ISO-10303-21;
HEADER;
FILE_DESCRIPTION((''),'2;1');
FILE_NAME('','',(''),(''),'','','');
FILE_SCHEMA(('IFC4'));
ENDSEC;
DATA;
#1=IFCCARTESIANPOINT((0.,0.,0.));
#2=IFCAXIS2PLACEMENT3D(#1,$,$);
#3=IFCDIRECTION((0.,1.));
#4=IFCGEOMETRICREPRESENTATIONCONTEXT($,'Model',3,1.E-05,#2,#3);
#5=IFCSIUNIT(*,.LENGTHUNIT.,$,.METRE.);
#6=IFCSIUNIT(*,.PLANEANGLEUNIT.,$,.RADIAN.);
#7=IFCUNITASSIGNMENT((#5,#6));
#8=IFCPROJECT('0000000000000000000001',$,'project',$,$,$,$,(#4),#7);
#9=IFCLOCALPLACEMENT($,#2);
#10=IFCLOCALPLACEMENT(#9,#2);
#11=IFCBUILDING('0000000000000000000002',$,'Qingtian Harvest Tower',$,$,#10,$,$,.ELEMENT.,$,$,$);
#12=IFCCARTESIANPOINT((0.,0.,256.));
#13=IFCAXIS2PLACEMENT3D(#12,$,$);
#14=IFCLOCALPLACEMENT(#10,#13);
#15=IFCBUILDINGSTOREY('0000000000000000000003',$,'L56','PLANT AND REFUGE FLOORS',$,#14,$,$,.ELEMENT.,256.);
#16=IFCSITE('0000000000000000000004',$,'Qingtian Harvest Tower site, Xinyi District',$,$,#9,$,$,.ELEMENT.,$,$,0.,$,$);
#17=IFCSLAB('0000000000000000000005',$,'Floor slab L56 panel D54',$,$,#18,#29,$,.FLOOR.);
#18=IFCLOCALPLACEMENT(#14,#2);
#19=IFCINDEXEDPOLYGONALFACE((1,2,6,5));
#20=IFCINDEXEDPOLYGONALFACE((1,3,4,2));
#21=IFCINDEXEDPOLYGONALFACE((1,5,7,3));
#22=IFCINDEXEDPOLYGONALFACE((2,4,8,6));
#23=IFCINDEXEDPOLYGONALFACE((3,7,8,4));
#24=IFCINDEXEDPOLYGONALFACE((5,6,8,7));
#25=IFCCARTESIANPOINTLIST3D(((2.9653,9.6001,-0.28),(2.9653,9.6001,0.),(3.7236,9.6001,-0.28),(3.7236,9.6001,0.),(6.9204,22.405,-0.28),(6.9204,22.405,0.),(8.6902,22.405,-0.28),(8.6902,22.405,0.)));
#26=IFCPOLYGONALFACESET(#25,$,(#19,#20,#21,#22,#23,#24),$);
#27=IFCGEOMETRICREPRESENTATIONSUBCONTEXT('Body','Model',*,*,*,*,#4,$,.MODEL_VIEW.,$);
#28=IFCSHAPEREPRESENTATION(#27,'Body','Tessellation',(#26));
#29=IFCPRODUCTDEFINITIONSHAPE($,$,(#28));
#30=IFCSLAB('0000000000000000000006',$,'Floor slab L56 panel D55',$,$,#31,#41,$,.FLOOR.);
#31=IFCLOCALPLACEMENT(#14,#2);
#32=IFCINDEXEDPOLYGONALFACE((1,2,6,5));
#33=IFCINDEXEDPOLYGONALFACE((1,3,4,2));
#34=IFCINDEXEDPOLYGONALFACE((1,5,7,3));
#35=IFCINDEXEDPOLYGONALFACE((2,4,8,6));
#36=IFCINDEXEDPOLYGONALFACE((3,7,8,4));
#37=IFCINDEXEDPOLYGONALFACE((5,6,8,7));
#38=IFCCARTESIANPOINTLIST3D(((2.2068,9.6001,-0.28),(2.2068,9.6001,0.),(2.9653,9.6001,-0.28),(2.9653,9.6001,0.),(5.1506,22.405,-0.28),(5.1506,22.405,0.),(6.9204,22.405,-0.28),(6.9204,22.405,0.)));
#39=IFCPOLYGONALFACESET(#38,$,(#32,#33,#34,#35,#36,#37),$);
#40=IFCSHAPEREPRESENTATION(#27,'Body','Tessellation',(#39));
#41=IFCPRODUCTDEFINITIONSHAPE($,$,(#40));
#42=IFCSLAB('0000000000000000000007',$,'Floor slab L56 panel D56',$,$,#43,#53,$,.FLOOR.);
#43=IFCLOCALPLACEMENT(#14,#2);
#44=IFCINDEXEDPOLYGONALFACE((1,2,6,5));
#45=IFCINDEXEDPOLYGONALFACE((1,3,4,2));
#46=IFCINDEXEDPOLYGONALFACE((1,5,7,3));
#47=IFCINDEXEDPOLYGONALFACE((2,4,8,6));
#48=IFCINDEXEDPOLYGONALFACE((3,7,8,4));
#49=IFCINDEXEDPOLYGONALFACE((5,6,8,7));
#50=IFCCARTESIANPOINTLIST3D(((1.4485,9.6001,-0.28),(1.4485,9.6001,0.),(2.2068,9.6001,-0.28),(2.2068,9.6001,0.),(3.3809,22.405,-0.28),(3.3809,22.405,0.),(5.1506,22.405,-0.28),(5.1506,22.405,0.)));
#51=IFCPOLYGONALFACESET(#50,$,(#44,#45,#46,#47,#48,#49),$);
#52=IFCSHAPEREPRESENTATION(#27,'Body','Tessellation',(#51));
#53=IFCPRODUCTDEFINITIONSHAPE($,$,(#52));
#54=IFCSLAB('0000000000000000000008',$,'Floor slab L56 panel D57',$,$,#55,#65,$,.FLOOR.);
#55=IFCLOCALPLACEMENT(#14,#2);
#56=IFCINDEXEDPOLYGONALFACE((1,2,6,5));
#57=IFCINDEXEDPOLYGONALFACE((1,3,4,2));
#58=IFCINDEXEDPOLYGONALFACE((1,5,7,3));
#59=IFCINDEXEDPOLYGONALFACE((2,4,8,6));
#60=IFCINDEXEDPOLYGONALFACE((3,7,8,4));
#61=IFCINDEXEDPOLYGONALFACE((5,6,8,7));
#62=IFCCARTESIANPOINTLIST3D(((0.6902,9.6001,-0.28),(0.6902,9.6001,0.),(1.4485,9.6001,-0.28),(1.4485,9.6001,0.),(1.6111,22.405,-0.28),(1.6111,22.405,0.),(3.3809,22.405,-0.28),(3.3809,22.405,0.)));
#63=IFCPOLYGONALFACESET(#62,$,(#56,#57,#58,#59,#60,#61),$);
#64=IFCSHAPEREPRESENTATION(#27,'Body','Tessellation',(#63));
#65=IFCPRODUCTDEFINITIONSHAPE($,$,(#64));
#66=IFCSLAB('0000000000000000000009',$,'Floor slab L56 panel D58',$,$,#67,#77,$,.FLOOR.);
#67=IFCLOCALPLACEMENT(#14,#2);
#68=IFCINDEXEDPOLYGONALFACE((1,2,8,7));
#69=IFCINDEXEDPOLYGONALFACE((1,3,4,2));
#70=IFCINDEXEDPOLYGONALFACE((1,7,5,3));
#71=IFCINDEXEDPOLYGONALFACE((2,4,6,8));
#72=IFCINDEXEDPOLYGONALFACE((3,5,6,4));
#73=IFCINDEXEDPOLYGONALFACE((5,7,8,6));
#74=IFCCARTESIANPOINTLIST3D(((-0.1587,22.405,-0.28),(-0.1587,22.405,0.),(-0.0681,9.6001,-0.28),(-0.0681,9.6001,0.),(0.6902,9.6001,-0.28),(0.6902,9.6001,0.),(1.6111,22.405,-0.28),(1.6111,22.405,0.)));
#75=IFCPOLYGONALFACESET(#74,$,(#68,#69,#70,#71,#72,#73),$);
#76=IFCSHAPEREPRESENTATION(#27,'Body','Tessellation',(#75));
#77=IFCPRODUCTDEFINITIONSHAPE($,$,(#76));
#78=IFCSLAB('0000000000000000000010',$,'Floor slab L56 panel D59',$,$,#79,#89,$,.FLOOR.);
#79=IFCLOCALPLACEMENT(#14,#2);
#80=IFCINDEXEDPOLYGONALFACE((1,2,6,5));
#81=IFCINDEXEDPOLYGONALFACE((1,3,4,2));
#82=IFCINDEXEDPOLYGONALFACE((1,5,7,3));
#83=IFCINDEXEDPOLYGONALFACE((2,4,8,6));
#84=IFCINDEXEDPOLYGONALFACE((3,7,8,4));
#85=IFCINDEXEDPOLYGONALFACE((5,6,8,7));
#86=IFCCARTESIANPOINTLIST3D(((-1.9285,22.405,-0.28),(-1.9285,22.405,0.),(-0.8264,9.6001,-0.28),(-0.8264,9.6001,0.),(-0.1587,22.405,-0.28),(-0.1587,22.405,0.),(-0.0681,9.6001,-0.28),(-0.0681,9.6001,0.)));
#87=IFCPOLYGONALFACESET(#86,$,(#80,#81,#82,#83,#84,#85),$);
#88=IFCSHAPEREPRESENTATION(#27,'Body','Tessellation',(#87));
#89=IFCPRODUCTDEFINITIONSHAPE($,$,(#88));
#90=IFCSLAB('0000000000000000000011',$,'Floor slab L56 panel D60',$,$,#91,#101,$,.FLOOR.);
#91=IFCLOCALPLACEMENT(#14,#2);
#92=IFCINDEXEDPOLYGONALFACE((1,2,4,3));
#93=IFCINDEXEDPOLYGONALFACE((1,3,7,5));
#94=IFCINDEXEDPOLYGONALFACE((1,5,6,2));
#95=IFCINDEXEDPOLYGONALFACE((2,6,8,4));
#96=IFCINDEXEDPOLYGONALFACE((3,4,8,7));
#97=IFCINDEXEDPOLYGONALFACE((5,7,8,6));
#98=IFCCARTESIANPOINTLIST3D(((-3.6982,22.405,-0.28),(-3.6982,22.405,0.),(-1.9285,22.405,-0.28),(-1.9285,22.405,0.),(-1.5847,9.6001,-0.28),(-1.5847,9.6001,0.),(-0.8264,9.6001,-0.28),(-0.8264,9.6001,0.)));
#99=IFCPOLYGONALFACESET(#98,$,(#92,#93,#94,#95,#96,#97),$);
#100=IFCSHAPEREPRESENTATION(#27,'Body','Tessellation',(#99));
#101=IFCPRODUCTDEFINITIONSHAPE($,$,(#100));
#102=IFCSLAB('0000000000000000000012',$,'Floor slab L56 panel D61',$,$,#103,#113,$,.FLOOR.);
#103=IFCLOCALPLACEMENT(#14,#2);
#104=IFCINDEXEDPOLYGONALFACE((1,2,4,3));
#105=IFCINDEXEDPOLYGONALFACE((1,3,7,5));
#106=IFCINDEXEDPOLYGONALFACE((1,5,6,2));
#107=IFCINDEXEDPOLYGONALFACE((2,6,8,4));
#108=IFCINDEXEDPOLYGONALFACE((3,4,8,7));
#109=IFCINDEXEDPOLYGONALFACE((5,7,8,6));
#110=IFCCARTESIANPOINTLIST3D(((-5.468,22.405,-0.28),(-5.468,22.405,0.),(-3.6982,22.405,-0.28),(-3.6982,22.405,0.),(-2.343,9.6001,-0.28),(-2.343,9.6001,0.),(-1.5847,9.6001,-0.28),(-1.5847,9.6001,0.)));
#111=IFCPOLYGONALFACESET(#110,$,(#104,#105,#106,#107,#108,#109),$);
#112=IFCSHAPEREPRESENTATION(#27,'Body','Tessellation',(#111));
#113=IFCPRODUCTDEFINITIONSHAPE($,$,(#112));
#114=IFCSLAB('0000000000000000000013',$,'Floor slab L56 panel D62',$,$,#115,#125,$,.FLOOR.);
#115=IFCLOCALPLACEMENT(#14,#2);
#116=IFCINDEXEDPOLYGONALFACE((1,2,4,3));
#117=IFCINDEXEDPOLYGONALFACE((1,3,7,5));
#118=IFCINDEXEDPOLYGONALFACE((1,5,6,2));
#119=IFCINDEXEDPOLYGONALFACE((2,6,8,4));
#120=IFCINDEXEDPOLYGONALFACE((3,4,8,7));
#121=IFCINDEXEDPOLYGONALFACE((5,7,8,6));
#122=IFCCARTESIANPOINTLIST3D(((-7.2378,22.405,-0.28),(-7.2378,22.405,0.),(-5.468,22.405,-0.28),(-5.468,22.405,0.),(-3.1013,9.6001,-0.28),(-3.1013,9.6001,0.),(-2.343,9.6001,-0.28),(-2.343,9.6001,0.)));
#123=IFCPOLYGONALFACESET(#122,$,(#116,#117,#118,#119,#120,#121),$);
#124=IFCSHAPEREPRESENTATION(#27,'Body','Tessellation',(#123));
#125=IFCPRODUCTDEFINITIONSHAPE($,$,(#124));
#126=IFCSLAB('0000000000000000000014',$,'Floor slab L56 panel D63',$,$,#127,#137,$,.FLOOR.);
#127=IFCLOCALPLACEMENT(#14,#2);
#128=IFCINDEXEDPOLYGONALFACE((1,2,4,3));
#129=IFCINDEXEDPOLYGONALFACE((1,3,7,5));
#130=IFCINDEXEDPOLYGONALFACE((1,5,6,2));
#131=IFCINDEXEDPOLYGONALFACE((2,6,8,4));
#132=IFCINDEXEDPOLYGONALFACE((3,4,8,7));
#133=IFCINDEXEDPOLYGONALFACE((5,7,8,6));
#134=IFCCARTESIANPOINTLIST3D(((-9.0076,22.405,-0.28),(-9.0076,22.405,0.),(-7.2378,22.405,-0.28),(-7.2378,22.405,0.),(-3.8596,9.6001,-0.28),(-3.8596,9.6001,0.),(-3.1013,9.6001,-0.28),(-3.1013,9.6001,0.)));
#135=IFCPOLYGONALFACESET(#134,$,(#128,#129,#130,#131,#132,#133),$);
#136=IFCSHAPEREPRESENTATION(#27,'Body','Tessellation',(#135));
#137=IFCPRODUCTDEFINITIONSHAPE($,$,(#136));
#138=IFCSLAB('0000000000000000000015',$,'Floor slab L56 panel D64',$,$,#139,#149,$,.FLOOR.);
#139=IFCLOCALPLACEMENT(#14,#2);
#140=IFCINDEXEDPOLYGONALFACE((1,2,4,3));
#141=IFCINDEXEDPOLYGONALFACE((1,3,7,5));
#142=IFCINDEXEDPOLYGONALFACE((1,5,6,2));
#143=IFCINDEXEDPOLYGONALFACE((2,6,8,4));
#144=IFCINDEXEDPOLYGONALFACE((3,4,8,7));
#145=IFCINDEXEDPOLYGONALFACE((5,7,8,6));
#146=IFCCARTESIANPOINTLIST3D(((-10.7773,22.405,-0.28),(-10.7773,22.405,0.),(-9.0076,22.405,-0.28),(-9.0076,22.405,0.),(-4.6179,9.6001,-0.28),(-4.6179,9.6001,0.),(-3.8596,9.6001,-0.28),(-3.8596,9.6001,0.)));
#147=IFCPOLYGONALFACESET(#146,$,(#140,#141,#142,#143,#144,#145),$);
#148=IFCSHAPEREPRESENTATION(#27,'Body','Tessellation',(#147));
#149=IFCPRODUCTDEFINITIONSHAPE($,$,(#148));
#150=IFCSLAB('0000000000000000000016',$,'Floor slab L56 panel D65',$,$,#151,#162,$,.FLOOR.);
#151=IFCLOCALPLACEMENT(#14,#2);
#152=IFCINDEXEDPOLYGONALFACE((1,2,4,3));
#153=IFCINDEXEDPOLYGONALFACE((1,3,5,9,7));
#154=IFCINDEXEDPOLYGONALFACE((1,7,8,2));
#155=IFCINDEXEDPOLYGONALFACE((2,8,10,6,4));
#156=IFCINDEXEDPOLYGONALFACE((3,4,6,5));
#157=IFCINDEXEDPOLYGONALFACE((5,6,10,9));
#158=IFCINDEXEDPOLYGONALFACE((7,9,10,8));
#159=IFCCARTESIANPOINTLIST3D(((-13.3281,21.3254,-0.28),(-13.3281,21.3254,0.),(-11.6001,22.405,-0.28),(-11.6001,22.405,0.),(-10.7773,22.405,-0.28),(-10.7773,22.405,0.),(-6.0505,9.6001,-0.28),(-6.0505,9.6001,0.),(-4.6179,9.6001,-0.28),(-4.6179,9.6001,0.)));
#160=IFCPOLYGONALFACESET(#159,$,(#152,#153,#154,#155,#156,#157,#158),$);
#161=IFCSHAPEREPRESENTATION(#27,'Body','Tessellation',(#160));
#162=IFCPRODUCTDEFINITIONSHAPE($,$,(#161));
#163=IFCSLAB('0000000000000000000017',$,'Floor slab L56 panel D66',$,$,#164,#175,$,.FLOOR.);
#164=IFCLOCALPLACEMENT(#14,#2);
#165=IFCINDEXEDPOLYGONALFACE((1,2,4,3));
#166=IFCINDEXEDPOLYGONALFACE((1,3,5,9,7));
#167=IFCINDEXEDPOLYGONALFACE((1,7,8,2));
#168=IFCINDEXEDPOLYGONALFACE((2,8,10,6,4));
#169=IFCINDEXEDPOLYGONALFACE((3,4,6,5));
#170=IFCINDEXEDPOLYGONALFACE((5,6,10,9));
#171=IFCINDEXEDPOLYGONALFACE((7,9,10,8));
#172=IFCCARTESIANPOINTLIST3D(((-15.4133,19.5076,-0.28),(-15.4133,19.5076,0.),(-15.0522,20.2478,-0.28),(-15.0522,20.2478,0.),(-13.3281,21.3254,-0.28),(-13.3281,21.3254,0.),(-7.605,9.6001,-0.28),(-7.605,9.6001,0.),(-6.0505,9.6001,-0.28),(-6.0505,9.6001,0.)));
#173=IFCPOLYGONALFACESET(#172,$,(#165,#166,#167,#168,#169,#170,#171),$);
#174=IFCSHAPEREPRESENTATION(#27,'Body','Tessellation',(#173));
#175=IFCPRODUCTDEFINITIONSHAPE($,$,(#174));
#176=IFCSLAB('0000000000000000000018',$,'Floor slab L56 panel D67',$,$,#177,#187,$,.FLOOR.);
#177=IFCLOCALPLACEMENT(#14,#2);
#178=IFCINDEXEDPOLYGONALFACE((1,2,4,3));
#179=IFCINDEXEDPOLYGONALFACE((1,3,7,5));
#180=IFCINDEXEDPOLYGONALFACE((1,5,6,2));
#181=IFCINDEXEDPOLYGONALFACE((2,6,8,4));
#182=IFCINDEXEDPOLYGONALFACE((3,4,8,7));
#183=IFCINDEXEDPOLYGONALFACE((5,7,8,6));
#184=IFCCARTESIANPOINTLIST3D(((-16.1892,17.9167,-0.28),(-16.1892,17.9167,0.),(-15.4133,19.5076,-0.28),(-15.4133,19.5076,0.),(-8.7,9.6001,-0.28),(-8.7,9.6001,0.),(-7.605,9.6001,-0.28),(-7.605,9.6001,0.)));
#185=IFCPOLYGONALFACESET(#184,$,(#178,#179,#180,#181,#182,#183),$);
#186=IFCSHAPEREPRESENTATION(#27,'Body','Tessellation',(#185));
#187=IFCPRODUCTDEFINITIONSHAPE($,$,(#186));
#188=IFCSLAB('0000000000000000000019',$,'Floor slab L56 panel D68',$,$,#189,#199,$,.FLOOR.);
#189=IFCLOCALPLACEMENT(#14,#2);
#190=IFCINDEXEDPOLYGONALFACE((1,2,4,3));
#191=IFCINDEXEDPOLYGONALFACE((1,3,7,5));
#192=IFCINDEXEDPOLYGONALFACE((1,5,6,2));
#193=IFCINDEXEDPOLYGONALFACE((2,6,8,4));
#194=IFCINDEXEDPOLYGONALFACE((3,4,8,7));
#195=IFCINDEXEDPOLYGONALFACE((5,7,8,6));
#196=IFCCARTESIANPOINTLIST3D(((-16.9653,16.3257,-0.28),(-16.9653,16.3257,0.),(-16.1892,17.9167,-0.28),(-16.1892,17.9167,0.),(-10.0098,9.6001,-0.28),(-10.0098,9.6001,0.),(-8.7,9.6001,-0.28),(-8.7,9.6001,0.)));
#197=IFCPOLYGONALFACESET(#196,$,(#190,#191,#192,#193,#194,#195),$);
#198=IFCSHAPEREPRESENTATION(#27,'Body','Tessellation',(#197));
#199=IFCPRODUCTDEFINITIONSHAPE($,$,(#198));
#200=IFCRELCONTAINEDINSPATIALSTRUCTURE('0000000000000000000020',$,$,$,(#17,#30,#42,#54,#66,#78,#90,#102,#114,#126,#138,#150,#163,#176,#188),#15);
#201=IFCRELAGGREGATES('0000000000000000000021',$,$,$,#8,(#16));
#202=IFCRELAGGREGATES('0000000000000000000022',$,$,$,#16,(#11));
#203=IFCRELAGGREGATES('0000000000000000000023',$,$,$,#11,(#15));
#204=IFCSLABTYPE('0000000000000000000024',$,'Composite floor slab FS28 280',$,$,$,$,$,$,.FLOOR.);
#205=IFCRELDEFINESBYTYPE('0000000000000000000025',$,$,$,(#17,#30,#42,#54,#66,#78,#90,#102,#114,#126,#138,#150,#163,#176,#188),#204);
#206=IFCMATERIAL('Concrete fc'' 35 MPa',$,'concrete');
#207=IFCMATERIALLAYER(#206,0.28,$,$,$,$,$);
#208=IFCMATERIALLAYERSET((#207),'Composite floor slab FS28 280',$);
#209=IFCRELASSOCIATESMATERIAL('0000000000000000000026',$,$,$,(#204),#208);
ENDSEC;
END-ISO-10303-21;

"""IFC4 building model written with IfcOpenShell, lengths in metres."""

from ifc_helpers import new_model, si_unit, direction, frame, origin, place, context, subcontext, project, spatial, polyline, outline, extrude, material, layer, layer_set, type_object, element, save


model = new_model("IFC4")

# Units and contexts
model_context = context("Model", 3, precision=1e-05, world=origin(), true_north=direction((0.0, 1.0)))
body_context = subcontext(model_context, "Body", "Model", "MODEL_VIEW")
ifc_project = project(units=[si_unit("LENGTHUNIT", "METRE"), si_unit("PLANEANGLEUNIT", "RADIAN")], contexts=[model_context])

# Site, building, storey
site_placement = place(None, origin())
site = spatial("IfcSite", under=ifc_project, at=site_placement, Name="Qingtian Harvest Tower site, Xinyi District", CompositionType="ELEMENT", RefElevation=0.0)
building_placement = place(site_placement, origin())
building = spatial("IfcBuilding", under=site, at=building_placement, Name="Qingtian Harvest Tower", CompositionType="ELEMENT")
storey_placement = place(building_placement, frame((0.0, 0.0, 256.0)))
storey = spatial("IfcBuildingStorey", under=building, at=storey_placement, Name="L56", Description="PLANT AND REFUGE FLOORS", CompositionType="ELEMENT", Elevation=256.0)

# Slabs
ifc_material_1 = material(Name="Concrete fc' 35 MPa", Category="concrete")
ifc_layer_1 = layer(ifc_material_1, 0.28)
ifc_layer_set_1 = layer_set([ifc_layer_1], Name="Composite floor slab FS28 280")
slab_type = type_object("IfcSlabType", Name="Composite floor slab FS28 280", PredefinedType="FLOOR", material=ifc_layer_set_1)
slab_1_placement = place(storey_placement, frame((0.0, 0.0, -0.28)))
element("IfcSlab", 1, at=slab_1_placement, inside=storey, type_object=slab_type, Name="Floor slab L56 panel D54", PredefinedType="FLOOR", context=body_context, shape_type="SweptSolid", body=[
    extrude(outline(polyline([(2.9653, 9.6001), (6.9204, 22.405), (8.6902, 22.405), (3.7236, 9.6001), (2.9653, 9.6001)])), origin(), (0.0, 0.0, 1.0), 0.28),
])
slab_2_placement = place(storey_placement, frame((0.0, 0.0, -0.28)))
element("IfcSlab", 2, at=slab_2_placement, inside=storey, type_object=slab_type, Name="Floor slab L56 panel D55", PredefinedType="FLOOR", context=body_context, shape_type="SweptSolid", body=[
    extrude(outline(polyline([(2.2068, 9.6001), (5.1506, 22.405), (6.9204, 22.405), (2.9653, 9.6001), (2.2068, 9.6001)])), origin(), (0.0, 0.0, 1.0), 0.28),
])
slab_3_placement = place(storey_placement, frame((0.0, 0.0, -0.28)))
element("IfcSlab", 3, at=slab_3_placement, inside=storey, type_object=slab_type, Name="Floor slab L56 panel D56", PredefinedType="FLOOR", context=body_context, shape_type="SweptSolid", body=[
    extrude(outline(polyline([(1.4485, 9.6001), (3.3809, 22.405), (5.1506, 22.405), (2.2068, 9.6001), (1.4485, 9.6001)])), origin(), (0.0, 0.0, 1.0), 0.28),
])
slab_4_placement = place(storey_placement, frame((0.0, 0.0, -0.28)))
element("IfcSlab", 4, at=slab_4_placement, inside=storey, type_object=slab_type, Name="Floor slab L56 panel D57", PredefinedType="FLOOR", context=body_context, shape_type="SweptSolid", body=[
    extrude(outline(polyline([(0.6902, 9.6001), (1.6111, 22.405), (3.3809, 22.405), (1.4485, 9.6001), (0.6902, 9.6001)])), origin(), (0.0, 0.0, 1.0), 0.28),
])
slab_5_placement = place(storey_placement, frame((0.0, 0.0, -0.28)))
element("IfcSlab", 5, at=slab_5_placement, inside=storey, type_object=slab_type, Name="Floor slab L56 panel D58", PredefinedType="FLOOR", context=body_context, shape_type="SweptSolid", body=[
    extrude(outline(polyline([(-0.0681, 9.6001), (-0.1587, 22.405), (1.6111, 22.405), (0.6902, 9.6001), (-0.0681, 9.6001)])), origin(), (0.0, 0.0, 1.0), 0.28),
])
slab_6_placement = place(storey_placement, frame((0.0, 0.0, -0.28)))
element("IfcSlab", 6, at=slab_6_placement, inside=storey, type_object=slab_type, Name="Floor slab L56 panel D59", PredefinedType="FLOOR", context=body_context, shape_type="SweptSolid", body=[
    extrude(outline(polyline([(-0.8264, 9.6001), (-1.9285, 22.405), (-0.1587, 22.405), (-0.0681, 9.6001), (-0.8264, 9.6001)])), origin(), (0.0, 0.0, 1.0), 0.28),
])
slab_7_placement = place(storey_placement, frame((0.0, 0.0, -0.28)))
element("IfcSlab", 7, at=slab_7_placement, inside=storey, type_object=slab_type, Name="Floor slab L56 panel D60", PredefinedType="FLOOR", context=body_context, shape_type="SweptSolid", body=[
    extrude(outline(polyline([(-1.5847, 9.6001), (-3.6982, 22.405), (-1.9285, 22.405), (-0.8264, 9.6001), (-1.5847, 9.6001)])), origin(), (0.0, 0.0, 1.0), 0.28),
])
slab_8_placement = place(storey_placement, frame((0.0, 0.0, -0.28)))
element("IfcSlab", 8, at=slab_8_placement, inside=storey, type_object=slab_type, Name="Floor slab L56 panel D61", PredefinedType="FLOOR", context=body_context, shape_type="SweptSolid", body=[
    extrude(outline(polyline([(-2.343, 9.6001), (-5.468, 22.405), (-3.6982, 22.405), (-1.5847, 9.6001), (-2.343, 9.6001)])), origin(), (0.0, 0.0, 1.0), 0.28),
])
slab_9_placement = place(storey_placement, frame((0.0, 0.0, -0.28)))
element("IfcSlab", 9, at=slab_9_placement, inside=storey, type_object=slab_type, Name="Floor slab L56 panel D62", PredefinedType="FLOOR", context=body_context, shape_type="SweptSolid", body=[
    extrude(outline(polyline([(-3.1013, 9.6001), (-7.2378, 22.405), (-5.468, 22.405), (-2.343, 9.6001), (-3.1013, 9.6001)])), origin(), (0.0, 0.0, 1.0), 0.28),
])
slab_10_placement = place(storey_placement, frame((0.0, 0.0, -0.28)))
element("IfcSlab", 10, at=slab_10_placement, inside=storey, type_object=slab_type, Name="Floor slab L56 panel D63", PredefinedType="FLOOR", context=body_context, shape_type="SweptSolid", body=[
    extrude(outline(polyline([(-3.8596, 9.6001), (-9.0076, 22.405), (-7.2378, 22.405), (-3.1013, 9.6001), (-3.8596, 9.6001)])), origin(), (0.0, 0.0, 1.0), 0.28),
])
slab_11_placement = place(storey_placement, frame((0.0, 0.0, -0.28)))
element("IfcSlab", 11, at=slab_11_placement, inside=storey, type_object=slab_type, Name="Floor slab L56 panel D64", PredefinedType="FLOOR", context=body_context, shape_type="SweptSolid", body=[
    extrude(outline(polyline([(-4.6179, 9.6001), (-10.7773, 22.405), (-9.0076, 22.405), (-3.8596, 9.6001), (-4.6179, 9.6001)])), origin(), (0.0, 0.0, 1.0), 0.28),
])
slab_12_placement = place(storey_placement, frame((0.0, 0.0, -0.28)))
element("IfcSlab", 12, at=slab_12_placement, inside=storey, type_object=slab_type, Name="Floor slab L56 panel D65", PredefinedType="FLOOR", context=body_context, shape_type="SweptSolid", body=[
    extrude(outline(polyline([(-4.6179, 9.6001), (-6.0505, 9.6001), (-13.3281, 21.3254), (-11.6001, 22.405), (-10.7773, 22.405), (-4.6179, 9.6001)])), origin(), (0.0, 0.0, 1.0), 0.28),
])
slab_13_placement = place(storey_placement, frame((0.0, 0.0, -0.28)))
element("IfcSlab", 13, at=slab_13_placement, inside=storey, type_object=slab_type, Name="Floor slab L56 panel D66", PredefinedType="FLOOR", context=body_context, shape_type="SweptSolid", body=[
    extrude(outline(polyline([(-6.0505, 9.6001), (-7.605, 9.6001), (-15.4133, 19.5076), (-15.0522, 20.2478), (-13.3281, 21.3254), (-6.0505, 9.6001)])), origin(), (0.0, 0.0, 1.0), 0.28),
])
slab_14_placement = place(storey_placement, frame((0.0, 0.0, -0.28)))
element("IfcSlab", 14, at=slab_14_placement, inside=storey, type_object=slab_type, Name="Floor slab L56 panel D67", PredefinedType="FLOOR", context=body_context, shape_type="SweptSolid", body=[
    extrude(outline(polyline([(-8.7, 9.6001), (-16.1892, 17.9167), (-15.4133, 19.5076), (-7.605, 9.6001), (-8.7, 9.6001)])), origin(), (0.0, 0.0, 1.0), 0.28),
])
slab_15_placement = place(storey_placement, frame((0.0, 0.0, -0.28)))
element("IfcSlab", 15, at=slab_15_placement, inside=storey, type_object=slab_type, Name="Floor slab L56 panel D68", PredefinedType="FLOOR", context=body_context, shape_type="SweptSolid", body=[
    extrude(outline(polyline([(-10.0098, 9.6001), (-16.9653, 16.3257), (-16.1892, 17.9167), (-8.7, 9.6001), (-10.0098, 9.6001)])), origin(), (0.0, 0.0, 1.0), 0.28),
])

save(model, "model.ifc")
